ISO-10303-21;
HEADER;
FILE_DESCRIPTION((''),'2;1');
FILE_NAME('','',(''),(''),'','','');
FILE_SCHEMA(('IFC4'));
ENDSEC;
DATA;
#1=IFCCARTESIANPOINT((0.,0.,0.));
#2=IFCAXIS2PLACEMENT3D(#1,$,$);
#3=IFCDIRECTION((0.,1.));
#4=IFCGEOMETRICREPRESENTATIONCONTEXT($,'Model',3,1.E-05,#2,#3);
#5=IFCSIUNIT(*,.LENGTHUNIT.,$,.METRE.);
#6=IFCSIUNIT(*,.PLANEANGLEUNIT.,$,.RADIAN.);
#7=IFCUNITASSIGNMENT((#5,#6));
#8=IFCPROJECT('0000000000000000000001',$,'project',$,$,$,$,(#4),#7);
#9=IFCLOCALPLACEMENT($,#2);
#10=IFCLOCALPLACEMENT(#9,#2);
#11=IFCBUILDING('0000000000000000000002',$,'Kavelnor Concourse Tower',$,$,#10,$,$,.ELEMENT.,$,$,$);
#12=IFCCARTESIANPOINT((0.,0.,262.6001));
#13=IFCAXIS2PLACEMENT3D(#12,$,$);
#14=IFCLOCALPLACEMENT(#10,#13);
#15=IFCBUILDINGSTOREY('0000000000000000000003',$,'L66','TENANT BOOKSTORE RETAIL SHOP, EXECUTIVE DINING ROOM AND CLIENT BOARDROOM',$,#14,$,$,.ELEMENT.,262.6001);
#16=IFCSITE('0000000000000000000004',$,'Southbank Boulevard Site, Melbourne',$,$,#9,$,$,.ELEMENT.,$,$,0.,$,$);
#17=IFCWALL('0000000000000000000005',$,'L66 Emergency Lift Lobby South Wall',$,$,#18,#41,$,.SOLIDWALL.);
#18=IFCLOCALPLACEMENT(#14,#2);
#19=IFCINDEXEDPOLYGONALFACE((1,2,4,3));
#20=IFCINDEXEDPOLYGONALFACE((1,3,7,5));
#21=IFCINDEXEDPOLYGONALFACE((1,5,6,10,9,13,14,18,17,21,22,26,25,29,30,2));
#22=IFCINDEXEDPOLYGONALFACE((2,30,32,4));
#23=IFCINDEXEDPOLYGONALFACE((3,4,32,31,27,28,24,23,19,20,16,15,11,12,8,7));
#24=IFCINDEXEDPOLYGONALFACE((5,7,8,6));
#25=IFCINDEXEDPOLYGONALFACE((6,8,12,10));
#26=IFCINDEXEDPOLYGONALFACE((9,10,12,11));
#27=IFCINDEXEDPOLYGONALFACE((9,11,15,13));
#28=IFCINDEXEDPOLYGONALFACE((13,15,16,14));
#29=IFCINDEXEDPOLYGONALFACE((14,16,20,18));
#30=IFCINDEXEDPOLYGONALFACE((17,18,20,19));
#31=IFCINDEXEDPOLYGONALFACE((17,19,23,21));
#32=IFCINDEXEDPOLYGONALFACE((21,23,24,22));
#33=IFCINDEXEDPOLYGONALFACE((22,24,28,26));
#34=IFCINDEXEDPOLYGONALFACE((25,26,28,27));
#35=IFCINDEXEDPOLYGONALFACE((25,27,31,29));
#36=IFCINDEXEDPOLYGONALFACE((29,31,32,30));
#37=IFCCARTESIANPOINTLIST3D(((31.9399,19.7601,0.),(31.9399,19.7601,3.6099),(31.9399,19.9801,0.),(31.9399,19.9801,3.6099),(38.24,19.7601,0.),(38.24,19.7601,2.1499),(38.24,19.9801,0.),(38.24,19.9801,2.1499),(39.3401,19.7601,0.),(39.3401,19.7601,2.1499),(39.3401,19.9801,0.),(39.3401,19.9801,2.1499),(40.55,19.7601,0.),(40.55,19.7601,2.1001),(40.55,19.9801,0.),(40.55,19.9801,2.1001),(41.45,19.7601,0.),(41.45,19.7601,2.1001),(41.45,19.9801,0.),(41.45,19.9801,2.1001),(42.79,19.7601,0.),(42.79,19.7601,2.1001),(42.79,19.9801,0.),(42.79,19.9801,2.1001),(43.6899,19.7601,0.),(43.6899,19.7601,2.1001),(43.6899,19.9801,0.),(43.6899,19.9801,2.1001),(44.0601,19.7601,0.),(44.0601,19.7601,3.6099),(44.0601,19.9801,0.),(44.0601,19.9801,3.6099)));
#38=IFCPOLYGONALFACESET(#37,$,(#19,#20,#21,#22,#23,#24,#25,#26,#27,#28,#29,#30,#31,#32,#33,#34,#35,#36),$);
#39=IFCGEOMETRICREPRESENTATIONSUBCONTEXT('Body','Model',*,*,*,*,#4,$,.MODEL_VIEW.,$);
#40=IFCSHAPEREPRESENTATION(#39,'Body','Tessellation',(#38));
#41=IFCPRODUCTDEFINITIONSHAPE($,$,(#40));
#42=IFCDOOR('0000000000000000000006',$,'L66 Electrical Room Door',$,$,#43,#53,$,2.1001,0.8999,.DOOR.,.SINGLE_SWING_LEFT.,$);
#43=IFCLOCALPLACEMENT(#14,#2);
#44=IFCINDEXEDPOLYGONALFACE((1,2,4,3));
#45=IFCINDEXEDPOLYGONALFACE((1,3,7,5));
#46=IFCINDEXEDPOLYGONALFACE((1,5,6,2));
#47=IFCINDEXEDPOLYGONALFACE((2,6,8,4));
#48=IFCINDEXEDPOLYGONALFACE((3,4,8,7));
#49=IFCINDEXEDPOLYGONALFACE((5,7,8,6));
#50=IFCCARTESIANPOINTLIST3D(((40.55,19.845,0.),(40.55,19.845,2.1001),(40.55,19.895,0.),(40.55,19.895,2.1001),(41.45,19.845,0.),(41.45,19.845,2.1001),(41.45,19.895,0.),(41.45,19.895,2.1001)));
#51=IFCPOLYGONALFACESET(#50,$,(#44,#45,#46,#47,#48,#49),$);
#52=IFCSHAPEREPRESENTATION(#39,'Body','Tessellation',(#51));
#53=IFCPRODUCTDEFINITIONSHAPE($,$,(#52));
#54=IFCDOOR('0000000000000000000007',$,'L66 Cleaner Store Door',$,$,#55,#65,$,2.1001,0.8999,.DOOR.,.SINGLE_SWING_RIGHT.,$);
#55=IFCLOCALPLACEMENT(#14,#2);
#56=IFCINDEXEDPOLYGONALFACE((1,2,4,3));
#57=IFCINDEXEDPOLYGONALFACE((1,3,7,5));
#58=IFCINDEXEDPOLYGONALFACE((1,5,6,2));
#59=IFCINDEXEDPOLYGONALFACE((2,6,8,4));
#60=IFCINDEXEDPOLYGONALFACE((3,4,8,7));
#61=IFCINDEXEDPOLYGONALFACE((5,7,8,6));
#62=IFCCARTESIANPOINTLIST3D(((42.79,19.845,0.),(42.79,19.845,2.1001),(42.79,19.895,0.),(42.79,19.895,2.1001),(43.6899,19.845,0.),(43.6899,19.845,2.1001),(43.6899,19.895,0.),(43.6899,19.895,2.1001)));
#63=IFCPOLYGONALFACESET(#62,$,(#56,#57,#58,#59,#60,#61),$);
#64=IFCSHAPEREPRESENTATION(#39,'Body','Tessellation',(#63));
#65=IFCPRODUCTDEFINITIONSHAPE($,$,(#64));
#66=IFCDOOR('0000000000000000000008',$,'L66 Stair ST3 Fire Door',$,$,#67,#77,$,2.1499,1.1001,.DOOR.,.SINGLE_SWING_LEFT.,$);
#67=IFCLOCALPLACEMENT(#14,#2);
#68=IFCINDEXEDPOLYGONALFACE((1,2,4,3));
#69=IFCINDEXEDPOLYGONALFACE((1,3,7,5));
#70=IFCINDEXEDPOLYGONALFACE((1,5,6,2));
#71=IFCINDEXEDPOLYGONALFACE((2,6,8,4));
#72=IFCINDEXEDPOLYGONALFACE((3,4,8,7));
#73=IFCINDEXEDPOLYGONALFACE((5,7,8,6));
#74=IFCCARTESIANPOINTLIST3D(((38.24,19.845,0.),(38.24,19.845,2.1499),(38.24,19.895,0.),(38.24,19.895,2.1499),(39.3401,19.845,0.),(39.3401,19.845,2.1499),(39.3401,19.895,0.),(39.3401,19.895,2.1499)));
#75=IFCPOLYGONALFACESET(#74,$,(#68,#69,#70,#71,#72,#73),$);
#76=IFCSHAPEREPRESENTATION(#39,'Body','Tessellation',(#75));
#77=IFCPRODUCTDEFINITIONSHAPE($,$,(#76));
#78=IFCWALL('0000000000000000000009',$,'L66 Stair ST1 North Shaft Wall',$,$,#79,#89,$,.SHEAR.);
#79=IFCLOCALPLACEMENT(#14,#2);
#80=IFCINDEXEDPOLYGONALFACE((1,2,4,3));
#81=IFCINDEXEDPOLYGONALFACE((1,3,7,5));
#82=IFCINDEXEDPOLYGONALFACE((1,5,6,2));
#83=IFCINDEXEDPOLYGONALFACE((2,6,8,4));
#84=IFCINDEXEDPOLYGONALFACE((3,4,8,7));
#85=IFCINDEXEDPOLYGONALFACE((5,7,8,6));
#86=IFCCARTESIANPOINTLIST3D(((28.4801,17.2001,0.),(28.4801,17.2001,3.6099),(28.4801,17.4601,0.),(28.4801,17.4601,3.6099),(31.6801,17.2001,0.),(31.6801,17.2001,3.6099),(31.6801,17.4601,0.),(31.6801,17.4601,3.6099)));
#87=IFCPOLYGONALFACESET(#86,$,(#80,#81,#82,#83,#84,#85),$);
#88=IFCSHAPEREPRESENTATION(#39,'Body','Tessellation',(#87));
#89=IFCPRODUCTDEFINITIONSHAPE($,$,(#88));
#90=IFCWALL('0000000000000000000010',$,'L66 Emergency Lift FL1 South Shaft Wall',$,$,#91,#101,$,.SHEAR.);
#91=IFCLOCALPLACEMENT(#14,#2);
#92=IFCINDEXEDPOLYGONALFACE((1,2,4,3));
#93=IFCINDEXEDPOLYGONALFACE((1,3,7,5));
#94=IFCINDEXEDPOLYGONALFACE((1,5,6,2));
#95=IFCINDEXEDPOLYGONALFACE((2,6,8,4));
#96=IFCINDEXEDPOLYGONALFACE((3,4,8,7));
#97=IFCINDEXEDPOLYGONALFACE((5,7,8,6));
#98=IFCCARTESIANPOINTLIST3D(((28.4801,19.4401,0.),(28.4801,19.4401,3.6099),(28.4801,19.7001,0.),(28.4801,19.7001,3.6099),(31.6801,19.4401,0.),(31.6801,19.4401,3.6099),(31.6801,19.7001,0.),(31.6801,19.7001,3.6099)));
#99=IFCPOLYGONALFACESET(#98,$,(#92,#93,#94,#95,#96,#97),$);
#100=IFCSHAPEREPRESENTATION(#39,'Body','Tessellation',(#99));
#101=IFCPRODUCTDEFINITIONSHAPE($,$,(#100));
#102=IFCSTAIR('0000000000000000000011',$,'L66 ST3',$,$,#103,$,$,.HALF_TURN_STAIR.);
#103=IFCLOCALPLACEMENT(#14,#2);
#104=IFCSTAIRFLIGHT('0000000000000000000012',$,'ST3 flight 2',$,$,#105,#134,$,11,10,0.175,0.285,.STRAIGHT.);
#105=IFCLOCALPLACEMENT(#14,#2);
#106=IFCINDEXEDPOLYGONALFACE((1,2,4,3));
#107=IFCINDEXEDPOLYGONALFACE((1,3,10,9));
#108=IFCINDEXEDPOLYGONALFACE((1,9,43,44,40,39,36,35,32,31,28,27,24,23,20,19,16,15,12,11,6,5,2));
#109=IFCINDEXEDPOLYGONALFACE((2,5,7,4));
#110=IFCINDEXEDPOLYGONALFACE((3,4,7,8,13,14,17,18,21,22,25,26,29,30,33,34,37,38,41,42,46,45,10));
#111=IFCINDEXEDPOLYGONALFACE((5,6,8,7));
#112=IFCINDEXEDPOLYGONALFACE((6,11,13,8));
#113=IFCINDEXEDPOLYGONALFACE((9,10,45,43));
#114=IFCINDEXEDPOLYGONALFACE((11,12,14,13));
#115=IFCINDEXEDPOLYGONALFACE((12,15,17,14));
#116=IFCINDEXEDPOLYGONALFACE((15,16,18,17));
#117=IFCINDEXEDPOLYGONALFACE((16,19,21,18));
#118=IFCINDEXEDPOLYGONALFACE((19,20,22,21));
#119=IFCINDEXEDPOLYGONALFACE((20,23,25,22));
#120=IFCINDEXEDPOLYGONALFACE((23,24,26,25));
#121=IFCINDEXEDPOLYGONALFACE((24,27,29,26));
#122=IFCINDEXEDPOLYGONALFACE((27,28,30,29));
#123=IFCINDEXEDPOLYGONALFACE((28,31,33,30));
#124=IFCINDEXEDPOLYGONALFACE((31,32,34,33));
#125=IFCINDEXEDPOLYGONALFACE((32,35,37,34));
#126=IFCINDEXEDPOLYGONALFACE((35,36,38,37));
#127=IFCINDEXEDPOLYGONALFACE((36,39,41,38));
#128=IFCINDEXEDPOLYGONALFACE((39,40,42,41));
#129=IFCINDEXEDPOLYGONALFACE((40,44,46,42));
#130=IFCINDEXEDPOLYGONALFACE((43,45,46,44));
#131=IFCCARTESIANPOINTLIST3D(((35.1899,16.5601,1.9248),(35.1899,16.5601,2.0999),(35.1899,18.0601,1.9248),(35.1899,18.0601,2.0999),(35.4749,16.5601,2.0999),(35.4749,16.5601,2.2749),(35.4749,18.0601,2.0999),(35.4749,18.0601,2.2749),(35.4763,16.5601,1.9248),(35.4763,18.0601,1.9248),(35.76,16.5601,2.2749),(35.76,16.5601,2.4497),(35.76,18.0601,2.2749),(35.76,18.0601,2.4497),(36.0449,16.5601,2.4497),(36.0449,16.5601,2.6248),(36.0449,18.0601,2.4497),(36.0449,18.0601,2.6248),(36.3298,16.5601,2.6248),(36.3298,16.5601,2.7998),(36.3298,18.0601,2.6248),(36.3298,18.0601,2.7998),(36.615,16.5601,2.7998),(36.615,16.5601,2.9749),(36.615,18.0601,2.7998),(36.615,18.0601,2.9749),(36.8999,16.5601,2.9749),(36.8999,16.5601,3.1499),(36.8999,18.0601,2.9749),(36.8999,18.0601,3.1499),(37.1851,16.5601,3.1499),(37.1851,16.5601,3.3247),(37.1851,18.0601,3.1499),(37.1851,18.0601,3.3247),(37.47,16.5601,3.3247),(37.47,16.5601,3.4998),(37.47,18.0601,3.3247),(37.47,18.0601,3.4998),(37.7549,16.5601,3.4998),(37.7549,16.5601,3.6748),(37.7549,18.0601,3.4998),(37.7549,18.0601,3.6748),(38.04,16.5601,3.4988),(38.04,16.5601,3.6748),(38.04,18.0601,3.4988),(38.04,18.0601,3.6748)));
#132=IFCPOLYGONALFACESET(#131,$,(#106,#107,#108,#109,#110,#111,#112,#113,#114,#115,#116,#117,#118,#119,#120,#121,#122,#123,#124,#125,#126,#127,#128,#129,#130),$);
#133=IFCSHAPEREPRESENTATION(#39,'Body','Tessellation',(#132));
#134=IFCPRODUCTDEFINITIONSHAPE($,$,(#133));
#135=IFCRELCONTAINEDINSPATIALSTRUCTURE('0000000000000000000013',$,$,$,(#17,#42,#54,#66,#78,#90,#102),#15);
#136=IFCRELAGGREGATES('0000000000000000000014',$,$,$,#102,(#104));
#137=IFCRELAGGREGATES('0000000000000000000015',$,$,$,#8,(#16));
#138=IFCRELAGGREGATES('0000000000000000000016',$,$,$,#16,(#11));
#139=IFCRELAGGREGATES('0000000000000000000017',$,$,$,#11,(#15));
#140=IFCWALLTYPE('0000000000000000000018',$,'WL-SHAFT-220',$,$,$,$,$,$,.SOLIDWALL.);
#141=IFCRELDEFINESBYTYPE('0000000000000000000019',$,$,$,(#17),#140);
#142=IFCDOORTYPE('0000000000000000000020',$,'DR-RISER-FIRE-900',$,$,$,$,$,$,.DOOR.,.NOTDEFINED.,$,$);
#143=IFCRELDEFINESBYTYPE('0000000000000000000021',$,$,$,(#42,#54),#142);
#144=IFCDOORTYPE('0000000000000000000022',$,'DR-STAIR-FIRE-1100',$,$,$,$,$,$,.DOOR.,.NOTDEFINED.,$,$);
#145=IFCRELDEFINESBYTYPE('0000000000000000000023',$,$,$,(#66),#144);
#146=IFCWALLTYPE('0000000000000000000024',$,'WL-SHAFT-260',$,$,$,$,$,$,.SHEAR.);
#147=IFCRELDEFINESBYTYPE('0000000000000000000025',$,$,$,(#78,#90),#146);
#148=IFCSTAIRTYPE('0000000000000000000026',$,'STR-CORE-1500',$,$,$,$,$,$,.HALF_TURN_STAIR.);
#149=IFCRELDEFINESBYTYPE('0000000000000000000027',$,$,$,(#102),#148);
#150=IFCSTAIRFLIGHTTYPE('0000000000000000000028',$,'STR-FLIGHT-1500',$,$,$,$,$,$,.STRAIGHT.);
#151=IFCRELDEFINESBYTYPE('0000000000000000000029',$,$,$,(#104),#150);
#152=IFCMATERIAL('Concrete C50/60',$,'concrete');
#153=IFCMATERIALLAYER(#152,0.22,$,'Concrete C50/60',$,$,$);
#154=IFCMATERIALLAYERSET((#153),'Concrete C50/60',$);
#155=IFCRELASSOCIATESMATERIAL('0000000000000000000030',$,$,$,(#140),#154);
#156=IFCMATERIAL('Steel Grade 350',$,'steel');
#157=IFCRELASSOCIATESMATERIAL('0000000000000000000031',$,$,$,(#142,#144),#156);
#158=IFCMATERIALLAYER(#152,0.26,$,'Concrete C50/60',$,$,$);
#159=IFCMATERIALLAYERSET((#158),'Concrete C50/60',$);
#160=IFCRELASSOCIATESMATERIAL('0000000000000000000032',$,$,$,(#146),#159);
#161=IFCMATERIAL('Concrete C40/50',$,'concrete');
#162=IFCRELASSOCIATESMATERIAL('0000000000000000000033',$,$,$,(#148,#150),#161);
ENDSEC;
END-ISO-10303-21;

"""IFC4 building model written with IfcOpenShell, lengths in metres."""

from ifc_helpers import new_model, si_unit, direction, frame, frame_2d, origin, place, context, subcontext, project, spatial, polyline, rectangle, outline, extrude, material, layer, layer_set, type_object, element, fill, aggregate, save


model = new_model("IFC4")

# Units and contexts
model_context = context("Model", 3, precision=1e-05, world=origin(), true_north=direction((0.0, 1.0)))
body_context = subcontext(model_context, "Body", "Model", "MODEL_VIEW")
ifc_project = project(units=[si_unit("LENGTHUNIT", "METRE"), si_unit("PLANEANGLEUNIT", "RADIAN")], contexts=[model_context])

# Site, building, storey
site_placement = place(None, origin())
site = spatial("IfcSite", under=ifc_project, at=site_placement, Name="Southbank Boulevard Site, Melbourne", CompositionType="ELEMENT", RefElevation=0.0)
building_placement = place(site_placement, origin())
building = spatial("IfcBuilding", under=site, at=building_placement, Name="Kavelnor Concourse Tower", CompositionType="ELEMENT")
storey_placement = place(building_placement, frame((0.0, 0.0, 262.6001)))
storey = spatial("IfcBuildingStorey", under=building, at=storey_placement, Name="L66", Description="TENANT BOOKSTORE RETAIL SHOP, EXECUTIVE DINING ROOM AND CLIENT BOARDROOM", CompositionType="ELEMENT", Elevation=262.6001)

# Shared definitions
ifc_material_1 = material(Name="Steel Grade 350", Category="steel")

# Shared definitions
ifc_material_2 = material(Name="Concrete C50/60", Category="concrete")

# Wall, openings, doors
ifc_layer_1 = layer(ifc_material_2, 0.22, Name="Concrete C50/60")
ifc_layer_set_1 = layer_set([ifc_layer_1], Name="Concrete C50/60")
wall_type_1 = type_object("IfcWallType", Name="WL-SHAFT-220", PredefinedType="SOLIDWALL", material=ifc_layer_set_1)
wall_1_placement = place(storey_placement, frame((31.9399, 19.8701, 0.0), z_axis=(0.0, 0.0, 1.0), x_axis=(1.0, 0.0, 0.0)))
wall_1 = element("IfcWall", 1, at=wall_1_placement, inside=storey, type_object=wall_type_1, Name="L66 Emergency Lift Lobby South Wall", PredefinedType="SOLIDWALL", context=body_context, shape_type="SweptSolid", body=[
    extrude(rectangle(XDim=12.1201, YDim=0.22, at=frame_2d((6.0601, 0.0))), origin(), (0.0, 0.0, 1.0), 3.6099),
])
opening_1_placement = place(wall_1_placement, frame((6.3, 0.0, 0.0)))
opening_1 = element("IfcOpeningElement", 2, at=opening_1_placement, cuts=wall_1, PredefinedType="OPENING", context=body_context, shape_type="SweptSolid", body=[
    extrude(rectangle(XDim=1.1001, YDim=2.1499, at=frame_2d((0.55, 1.075))), frame((0.0, 0.1201, 0.0), z_axis=(0.0, -1.0, 0.0), x_axis=(1.0, 0.0, 0.0)), (0.0, 0.0, 1.0), 0.24),
])
opening_2_placement = place(wall_1_placement, frame((8.6101, 0.0, 0.0)))
opening_2 = element("IfcOpeningElement", 3, at=opening_2_placement, cuts=wall_1, PredefinedType="OPENING", context=body_context, shape_type="SweptSolid", body=[
    extrude(rectangle(XDim=0.8999, YDim=2.1001, at=frame_2d((0.45, 1.05))), frame((0.0, 0.1201, 0.0), z_axis=(0.0, -1.0, 0.0), x_axis=(1.0, 0.0, 0.0)), (0.0, 0.0, 1.0), 0.24),
])
opening_3_placement = place(wall_1_placement, frame((10.8501, 0.0, 0.0)))
opening_3 = element("IfcOpeningElement", 4, at=opening_3_placement, cuts=wall_1, PredefinedType="OPENING", context=body_context, shape_type="SweptSolid", body=[
    extrude(rectangle(XDim=0.8999, YDim=2.1001, at=frame_2d((0.45, 1.05))), frame((0.0, 0.1201, 0.0), z_axis=(0.0, -1.0, 0.0), x_axis=(1.0, 0.0, 0.0)), (0.0, 0.0, 1.0), 0.24),
])
door_type_1 = type_object("IfcDoorType", Name="DR-RISER-FIRE-900", OperationType="NOTDEFINED", PredefinedType="DOOR", material=ifc_material_1)
door_1_placement = place(opening_2_placement, origin())
door_1 = element("IfcDoor", 5, at=door_1_placement, inside=storey, type_object=door_type_1, Name="L66 Electrical Room Door", OperationType="SINGLE_SWING_LEFT", OverallHeight=2.1001, OverallWidth=0.8999, PredefinedType="DOOR", context=body_context, shape_type="SweptSolid", body=[
    extrude(rectangle(XDim=0.8999, YDim=2.1001, at=frame_2d((0.45, 1.05))), frame((0.0, 0.0249, 0.0), z_axis=(0.0, -1.0, 0.0), x_axis=(1.0, 0.0, 0.0)), (0.0, 0.0, 1.0), 0.05),
])
fill(opening_2, door_1)
door_2_placement = place(opening_3_placement, origin())
door_2 = element("IfcDoor", 6, at=door_2_placement, inside=storey, type_object=door_type_1, Name="L66 Cleaner Store Door", OperationType="SINGLE_SWING_RIGHT", OverallHeight=2.1001, OverallWidth=0.8999, PredefinedType="DOOR", context=body_context, shape_type="SweptSolid", body=[
    extrude(rectangle(XDim=0.8999, YDim=2.1001, at=frame_2d((0.45, 1.05))), frame((0.0, 0.0249, 0.0), z_axis=(0.0, -1.0, 0.0), x_axis=(1.0, 0.0, 0.0)), (0.0, 0.0, 1.0), 0.05),
])
fill(opening_3, door_2)
door_type_2 = type_object("IfcDoorType", Name="DR-STAIR-FIRE-1100", OperationType="NOTDEFINED", PredefinedType="DOOR", material=ifc_material_1)
door_3_placement = place(opening_1_placement, origin())
door_3 = element("IfcDoor", 7, at=door_3_placement, inside=storey, type_object=door_type_2, Name="L66 Stair ST3 Fire Door", OperationType="SINGLE_SWING_LEFT", OverallHeight=2.1499, OverallWidth=1.1001, PredefinedType="DOOR", context=body_context, shape_type="SweptSolid", body=[
    extrude(rectangle(XDim=1.1001, YDim=2.1499, at=frame_2d((0.55, 1.075))), frame((0.0, 0.0249, 0.0), z_axis=(0.0, -1.0, 0.0), x_axis=(1.0, 0.0, 0.0)), (0.0, 0.0, 1.0), 0.05),
])
fill(opening_1, door_3)

# Walls
ifc_layer_2 = layer(ifc_material_2, 0.26, Name="Concrete C50/60")
ifc_layer_set_2 = layer_set([ifc_layer_2], Name="Concrete C50/60")
wall_type_2 = type_object("IfcWallType", Name="WL-SHAFT-260", PredefinedType="SHEAR", material=ifc_layer_set_2)
for number, where, z_axis, x_axis, name in (
    (8, (28.48, 17.3301, 0.0), (0.0, 0.0, 1.0), (1.0, 0.0, 0.0), "L66 Stair ST1 North Shaft Wall"),
    (9, (28.48, 19.5701, 0.0), (0.0, 0.0, 1.0), (1.0, 0.0, 0.0), "L66 Emergency Lift FL1 South Shaft Wall"),
):
    element("IfcWall", number, at=place(storey_placement, frame(where, z_axis=z_axis, x_axis=x_axis)), inside=storey, type_object=wall_type_2, Name=name, PredefinedType="SHEAR", context=body_context, shape_type="SweptSolid", body=[
        extrude(rectangle(XDim=3.2, YDim=0.26, at=frame_2d((1.6001, 0.0))), origin(), (0.0, 0.0, 1.0), 3.6099),
    ])

# Stair, stair flight
ifc_material_3 = material(Name="Concrete C40/50", Category="concrete")
stair_type = type_object("IfcStairType", Name="STR-CORE-1500", PredefinedType="HALF_TURN_STAIR", material=ifc_material_3)
stair_placement = place(storey_placement, origin())
stair = element("IfcStair", 10, at=stair_placement, inside=storey, type_object=stair_type, Name="L66 ST3", PredefinedType="HALF_TURN_STAIR")
stair_flight_type = type_object("IfcStairFlightType", Name="STR-FLIGHT-1500", PredefinedType="STRAIGHT", material=ifc_material_3)
stair_flight_placement = place(storey_placement, frame((35.1899, 17.3101, 1.9248), z_axis=(0.0, 0.0, 1.0), x_axis=(1.0, 0.0, 0.0)))
stair_flight = element("IfcStairFlight", 11, at=stair_flight_placement, type_object=stair_flight_type, Name="ST3 flight 2", NumberOfRisers=11, NumberOfTreads=10, PredefinedType="STRAIGHT", RiserHeight=0.175, TreadLength=0.285, context=body_context, shape_type="SweptSolid", body=[
    extrude(outline(polyline([(0.0, 0.0), (0.0, 0.175), (0.2849, 0.175), (0.2849, 0.3501), (0.5701, 0.3501), (0.5701, 0.5249), (0.855, 0.5249), (0.855, 0.7), (1.1399, 0.7), (1.1399, 0.875), (1.425, 0.875), (1.425, 1.05), (1.71, 1.05), (1.71, 1.2251), (1.9951, 1.2251), (1.9951, 1.3999), (2.28, 1.3999), (2.28, 1.575), (2.5649, 1.575), (2.5649, 1.75), (2.8501, 1.75), (2.8501, 1.925), (2.8501, 1.574), (0.2864, 0.0), (0.0, 0.0)])), frame((0.0, 0.75, 0.0), z_axis=(0.0, -1.0, 0.0), x_axis=(1.0, 0.0, 0.0)), (0.0, 0.0, 1.0), 1.5),
])
aggregate(stair, [stair_flight])

save(model, "model.ifc")
